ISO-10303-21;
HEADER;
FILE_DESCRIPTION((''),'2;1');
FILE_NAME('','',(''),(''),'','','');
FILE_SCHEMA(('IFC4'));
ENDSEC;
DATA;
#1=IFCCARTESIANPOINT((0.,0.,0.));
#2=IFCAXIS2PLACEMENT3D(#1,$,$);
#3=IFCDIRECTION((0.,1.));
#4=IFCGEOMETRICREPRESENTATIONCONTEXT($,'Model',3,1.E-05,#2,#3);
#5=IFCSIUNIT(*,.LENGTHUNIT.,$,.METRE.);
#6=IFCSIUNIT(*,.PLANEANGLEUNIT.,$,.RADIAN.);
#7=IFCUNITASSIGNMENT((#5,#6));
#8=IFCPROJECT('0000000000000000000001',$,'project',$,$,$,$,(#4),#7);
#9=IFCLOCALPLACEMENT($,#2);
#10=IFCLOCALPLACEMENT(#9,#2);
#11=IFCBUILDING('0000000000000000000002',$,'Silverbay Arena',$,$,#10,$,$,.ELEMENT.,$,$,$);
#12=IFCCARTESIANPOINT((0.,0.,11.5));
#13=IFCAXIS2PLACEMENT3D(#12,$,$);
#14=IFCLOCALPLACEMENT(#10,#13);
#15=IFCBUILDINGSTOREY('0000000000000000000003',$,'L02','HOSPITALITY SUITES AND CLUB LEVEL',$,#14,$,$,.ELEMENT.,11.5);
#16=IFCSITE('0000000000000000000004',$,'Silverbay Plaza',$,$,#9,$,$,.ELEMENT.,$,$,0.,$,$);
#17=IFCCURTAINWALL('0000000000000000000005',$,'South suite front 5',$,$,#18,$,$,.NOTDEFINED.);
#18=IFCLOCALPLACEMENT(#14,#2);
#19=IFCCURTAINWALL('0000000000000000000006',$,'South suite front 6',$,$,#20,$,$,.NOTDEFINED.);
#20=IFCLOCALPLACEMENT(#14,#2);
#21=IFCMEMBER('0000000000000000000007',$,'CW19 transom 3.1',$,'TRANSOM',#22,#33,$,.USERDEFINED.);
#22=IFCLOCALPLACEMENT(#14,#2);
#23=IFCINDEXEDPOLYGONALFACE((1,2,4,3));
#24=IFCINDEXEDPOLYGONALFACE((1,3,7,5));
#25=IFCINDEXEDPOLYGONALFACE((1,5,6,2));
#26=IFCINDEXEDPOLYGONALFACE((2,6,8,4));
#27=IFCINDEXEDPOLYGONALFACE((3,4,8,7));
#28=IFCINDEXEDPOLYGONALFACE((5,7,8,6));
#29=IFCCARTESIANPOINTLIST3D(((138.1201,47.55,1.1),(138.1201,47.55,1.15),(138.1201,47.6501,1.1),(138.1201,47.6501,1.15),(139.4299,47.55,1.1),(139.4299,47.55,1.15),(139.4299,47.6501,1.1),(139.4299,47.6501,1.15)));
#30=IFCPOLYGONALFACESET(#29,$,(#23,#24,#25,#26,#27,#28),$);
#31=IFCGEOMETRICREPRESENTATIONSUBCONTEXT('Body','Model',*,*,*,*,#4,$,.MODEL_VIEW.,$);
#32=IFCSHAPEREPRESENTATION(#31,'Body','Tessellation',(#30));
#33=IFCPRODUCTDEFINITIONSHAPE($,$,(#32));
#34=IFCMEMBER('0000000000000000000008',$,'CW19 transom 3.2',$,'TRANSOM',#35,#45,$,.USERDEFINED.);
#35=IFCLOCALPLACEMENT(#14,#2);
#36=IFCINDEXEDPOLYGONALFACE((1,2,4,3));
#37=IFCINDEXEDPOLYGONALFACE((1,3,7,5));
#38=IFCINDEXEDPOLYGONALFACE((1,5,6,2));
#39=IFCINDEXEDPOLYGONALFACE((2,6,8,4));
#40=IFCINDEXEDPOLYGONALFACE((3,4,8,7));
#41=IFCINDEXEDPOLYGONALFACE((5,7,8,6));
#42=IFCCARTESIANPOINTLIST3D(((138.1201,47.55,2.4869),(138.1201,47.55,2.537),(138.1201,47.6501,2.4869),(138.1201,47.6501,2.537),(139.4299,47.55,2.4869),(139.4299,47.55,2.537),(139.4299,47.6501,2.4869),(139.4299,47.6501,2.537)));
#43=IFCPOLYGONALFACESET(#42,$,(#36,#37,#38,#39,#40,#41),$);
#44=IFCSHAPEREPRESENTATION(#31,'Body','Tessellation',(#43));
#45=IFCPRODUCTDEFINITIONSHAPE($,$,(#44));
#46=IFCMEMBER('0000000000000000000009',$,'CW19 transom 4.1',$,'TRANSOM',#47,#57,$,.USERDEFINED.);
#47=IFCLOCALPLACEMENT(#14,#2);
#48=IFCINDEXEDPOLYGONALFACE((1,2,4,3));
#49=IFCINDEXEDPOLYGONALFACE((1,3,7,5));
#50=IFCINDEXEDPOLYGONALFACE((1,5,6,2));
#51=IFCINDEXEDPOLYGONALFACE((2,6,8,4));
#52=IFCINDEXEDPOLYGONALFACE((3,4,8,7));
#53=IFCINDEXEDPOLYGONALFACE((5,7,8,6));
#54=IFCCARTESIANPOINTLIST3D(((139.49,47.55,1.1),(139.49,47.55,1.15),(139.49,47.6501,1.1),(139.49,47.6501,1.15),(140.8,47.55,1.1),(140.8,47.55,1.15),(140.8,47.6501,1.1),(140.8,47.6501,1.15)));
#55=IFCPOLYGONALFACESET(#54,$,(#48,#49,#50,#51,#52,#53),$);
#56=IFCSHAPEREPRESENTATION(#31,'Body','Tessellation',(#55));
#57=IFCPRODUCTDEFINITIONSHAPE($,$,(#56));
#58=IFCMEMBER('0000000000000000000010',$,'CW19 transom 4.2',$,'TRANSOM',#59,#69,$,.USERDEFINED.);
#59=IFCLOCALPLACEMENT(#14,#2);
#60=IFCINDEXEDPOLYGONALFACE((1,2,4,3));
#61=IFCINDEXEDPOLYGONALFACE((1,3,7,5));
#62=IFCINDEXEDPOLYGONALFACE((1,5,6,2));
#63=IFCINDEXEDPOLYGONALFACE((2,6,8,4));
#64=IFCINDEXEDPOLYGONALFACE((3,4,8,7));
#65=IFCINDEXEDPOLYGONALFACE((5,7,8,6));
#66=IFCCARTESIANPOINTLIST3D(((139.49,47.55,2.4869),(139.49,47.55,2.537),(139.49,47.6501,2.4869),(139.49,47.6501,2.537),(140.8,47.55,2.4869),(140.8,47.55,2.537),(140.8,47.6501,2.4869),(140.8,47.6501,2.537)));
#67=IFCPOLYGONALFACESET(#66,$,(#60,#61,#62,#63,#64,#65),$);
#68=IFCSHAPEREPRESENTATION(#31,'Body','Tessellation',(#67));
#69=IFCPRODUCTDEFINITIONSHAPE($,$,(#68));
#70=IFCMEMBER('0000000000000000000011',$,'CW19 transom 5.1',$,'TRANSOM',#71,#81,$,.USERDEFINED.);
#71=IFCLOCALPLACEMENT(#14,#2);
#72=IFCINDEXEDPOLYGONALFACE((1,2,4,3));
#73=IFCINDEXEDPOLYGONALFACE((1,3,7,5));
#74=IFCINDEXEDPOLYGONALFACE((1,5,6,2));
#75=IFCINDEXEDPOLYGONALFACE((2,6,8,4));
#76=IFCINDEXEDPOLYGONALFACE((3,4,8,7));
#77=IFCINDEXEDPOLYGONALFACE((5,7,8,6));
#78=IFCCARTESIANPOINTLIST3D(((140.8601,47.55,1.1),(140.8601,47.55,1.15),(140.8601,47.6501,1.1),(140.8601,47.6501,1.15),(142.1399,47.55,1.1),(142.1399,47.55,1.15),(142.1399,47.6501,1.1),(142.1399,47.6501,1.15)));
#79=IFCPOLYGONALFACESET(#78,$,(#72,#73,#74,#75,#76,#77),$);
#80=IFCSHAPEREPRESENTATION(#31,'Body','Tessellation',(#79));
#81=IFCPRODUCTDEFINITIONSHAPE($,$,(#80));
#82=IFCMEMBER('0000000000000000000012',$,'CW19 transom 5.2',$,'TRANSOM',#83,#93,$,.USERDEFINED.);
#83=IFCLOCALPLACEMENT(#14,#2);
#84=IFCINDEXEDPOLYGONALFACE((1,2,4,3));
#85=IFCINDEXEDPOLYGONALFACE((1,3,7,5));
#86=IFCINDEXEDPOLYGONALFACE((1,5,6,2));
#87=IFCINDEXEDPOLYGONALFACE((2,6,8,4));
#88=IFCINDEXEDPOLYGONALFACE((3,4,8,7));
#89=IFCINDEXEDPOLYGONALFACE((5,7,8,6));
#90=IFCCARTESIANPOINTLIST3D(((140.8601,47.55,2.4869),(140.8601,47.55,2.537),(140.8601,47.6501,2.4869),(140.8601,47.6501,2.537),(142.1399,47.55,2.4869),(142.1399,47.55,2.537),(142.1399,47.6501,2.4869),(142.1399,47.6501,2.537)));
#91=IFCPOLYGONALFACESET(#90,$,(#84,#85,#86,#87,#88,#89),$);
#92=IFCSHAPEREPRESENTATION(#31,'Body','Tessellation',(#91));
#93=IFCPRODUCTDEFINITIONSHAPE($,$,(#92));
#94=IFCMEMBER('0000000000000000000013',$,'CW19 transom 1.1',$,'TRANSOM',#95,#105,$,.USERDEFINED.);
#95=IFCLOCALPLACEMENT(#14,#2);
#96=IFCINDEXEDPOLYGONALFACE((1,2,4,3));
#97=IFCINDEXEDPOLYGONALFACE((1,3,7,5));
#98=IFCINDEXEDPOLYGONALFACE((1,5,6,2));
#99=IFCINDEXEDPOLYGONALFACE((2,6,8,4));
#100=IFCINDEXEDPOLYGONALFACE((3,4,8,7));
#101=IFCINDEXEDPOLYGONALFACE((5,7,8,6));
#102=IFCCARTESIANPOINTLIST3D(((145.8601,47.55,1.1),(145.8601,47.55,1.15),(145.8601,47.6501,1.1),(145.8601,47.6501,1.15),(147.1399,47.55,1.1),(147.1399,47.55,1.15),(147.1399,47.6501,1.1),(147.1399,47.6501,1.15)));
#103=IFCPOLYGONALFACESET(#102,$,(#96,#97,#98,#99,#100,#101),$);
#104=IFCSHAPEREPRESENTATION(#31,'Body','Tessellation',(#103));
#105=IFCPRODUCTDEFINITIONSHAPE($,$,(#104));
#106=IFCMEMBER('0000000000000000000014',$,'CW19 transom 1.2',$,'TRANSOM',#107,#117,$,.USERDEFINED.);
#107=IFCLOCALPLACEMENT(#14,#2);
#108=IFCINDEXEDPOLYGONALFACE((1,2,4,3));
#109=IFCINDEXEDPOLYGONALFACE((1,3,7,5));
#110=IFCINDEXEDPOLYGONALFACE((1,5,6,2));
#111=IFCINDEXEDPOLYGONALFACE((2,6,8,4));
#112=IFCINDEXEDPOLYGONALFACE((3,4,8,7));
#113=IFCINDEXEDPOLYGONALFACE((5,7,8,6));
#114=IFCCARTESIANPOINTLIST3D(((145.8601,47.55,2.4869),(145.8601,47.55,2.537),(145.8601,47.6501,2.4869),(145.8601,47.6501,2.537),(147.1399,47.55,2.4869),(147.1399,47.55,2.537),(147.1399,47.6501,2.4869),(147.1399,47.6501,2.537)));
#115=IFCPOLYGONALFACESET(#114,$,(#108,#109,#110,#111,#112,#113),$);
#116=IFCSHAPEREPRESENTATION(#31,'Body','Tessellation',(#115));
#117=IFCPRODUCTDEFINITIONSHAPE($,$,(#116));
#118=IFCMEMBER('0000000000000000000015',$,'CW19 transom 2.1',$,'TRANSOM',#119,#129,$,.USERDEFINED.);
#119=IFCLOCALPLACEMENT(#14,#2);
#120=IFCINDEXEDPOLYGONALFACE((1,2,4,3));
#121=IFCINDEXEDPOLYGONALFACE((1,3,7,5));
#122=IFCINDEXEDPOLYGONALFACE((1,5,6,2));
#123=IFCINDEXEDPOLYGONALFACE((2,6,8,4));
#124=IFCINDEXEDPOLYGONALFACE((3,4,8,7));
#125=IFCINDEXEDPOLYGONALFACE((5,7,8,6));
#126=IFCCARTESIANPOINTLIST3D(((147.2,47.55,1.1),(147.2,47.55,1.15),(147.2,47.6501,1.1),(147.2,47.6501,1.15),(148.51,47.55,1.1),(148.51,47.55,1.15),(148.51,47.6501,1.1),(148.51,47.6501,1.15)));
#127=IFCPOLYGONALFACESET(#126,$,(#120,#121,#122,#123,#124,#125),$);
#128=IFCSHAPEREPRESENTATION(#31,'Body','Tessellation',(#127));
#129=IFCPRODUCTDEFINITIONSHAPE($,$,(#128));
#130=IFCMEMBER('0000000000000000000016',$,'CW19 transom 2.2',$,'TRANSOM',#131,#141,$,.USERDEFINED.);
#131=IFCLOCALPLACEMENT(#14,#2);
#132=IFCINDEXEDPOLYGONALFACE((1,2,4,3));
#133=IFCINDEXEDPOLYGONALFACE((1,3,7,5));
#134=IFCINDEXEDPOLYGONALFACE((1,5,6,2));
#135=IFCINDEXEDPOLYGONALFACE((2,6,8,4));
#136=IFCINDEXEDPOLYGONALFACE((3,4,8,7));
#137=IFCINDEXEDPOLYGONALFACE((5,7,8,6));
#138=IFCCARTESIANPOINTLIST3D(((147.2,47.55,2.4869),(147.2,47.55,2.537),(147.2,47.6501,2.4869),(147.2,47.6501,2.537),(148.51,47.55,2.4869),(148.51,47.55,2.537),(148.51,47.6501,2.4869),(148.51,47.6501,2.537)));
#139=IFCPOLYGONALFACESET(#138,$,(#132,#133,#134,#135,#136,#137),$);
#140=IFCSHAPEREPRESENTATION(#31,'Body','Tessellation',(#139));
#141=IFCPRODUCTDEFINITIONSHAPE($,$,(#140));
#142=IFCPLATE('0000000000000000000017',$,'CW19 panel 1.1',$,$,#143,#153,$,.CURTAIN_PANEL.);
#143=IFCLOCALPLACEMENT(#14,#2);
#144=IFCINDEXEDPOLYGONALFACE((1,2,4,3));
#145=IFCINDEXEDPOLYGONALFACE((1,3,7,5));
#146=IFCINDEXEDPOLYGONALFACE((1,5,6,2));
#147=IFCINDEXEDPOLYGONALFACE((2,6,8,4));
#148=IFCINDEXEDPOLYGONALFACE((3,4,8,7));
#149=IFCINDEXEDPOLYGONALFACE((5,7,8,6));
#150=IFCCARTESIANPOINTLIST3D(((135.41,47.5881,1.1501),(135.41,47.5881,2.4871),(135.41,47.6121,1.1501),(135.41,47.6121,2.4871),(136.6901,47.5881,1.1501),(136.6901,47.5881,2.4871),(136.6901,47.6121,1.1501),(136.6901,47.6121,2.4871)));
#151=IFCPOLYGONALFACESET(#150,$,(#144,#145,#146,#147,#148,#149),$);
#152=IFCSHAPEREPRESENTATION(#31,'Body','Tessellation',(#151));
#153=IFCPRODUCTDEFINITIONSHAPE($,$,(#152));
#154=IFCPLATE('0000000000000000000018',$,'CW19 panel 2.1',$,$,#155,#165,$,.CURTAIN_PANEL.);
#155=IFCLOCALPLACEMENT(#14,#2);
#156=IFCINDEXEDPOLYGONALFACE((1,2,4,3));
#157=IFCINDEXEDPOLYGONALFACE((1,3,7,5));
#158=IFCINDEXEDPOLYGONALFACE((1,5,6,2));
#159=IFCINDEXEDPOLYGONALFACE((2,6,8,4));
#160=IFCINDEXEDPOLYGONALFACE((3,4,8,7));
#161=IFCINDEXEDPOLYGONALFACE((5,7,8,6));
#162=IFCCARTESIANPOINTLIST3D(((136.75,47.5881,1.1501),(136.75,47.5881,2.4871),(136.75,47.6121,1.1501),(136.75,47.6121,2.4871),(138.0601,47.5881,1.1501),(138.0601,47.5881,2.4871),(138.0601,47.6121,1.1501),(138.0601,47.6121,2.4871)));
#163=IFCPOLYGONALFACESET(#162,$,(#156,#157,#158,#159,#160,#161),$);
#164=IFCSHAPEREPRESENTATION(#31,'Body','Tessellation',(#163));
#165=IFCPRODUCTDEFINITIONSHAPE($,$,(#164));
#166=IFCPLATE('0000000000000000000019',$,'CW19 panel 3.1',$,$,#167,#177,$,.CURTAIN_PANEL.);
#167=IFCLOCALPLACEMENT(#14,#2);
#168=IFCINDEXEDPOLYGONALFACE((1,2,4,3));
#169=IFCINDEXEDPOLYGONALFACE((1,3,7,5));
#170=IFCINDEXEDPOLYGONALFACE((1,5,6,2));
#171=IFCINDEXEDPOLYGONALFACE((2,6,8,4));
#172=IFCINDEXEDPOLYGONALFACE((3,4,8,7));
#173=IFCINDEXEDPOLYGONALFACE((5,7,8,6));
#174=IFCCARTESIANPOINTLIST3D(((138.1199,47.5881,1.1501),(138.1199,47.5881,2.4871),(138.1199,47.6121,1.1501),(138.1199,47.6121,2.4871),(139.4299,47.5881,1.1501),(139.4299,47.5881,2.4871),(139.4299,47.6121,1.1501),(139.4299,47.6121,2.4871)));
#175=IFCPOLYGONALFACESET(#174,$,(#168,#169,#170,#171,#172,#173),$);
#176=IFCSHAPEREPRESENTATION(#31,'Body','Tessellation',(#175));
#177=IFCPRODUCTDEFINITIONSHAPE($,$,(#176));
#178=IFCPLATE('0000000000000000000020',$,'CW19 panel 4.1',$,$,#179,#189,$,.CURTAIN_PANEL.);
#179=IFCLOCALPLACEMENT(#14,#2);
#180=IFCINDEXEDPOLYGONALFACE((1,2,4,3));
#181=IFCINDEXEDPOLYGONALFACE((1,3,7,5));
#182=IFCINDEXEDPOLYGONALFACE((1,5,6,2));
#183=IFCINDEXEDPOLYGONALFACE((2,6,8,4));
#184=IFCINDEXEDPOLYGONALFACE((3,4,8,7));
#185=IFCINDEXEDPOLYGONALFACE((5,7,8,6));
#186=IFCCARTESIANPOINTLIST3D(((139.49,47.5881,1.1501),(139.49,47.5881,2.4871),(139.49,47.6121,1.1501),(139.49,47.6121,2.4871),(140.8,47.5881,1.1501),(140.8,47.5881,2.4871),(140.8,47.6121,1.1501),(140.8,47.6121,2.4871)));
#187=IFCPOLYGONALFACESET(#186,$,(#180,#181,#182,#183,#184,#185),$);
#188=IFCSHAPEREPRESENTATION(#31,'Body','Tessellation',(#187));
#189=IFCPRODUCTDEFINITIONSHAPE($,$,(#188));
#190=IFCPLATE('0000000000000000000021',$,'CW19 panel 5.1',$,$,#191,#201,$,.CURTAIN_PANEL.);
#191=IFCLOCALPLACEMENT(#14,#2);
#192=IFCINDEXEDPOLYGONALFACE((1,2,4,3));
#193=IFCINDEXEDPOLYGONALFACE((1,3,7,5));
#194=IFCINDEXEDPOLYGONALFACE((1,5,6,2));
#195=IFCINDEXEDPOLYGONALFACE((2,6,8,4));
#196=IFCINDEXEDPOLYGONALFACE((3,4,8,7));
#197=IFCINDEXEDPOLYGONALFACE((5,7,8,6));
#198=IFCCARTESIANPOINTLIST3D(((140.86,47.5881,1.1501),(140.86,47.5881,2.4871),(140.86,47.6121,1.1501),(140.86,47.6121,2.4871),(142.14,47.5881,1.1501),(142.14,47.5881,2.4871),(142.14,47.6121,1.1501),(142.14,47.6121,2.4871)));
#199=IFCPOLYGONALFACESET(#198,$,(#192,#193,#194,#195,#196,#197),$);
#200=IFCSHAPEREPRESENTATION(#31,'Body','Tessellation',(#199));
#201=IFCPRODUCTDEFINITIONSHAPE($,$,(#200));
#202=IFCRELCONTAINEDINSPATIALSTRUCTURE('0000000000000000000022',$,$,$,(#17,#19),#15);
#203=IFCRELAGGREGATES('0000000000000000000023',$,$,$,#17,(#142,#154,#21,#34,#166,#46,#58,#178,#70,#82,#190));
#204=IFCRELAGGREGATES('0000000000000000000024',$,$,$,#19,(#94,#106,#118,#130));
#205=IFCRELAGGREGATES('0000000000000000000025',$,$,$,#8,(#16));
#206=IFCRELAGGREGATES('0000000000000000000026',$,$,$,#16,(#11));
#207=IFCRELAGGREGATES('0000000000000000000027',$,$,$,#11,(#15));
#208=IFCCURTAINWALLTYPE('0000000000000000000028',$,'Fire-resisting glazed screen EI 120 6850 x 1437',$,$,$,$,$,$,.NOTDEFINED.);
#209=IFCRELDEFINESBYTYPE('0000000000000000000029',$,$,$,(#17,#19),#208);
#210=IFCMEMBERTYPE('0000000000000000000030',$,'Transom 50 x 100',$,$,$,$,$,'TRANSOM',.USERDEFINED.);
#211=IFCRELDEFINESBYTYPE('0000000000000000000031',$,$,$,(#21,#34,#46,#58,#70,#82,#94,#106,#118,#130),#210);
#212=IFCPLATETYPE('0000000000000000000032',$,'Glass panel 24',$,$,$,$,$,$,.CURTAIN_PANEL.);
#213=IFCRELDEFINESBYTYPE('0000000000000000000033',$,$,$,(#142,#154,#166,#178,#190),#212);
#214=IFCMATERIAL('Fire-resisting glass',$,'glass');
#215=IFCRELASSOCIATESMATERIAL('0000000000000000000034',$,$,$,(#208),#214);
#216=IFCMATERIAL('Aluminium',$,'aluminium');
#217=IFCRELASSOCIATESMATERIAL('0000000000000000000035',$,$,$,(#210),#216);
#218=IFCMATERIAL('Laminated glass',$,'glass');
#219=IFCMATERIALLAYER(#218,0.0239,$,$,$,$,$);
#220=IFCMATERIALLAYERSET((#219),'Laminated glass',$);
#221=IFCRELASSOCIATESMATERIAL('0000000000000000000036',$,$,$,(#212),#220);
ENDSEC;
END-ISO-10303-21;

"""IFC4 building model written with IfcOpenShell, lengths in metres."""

from ifc_helpers import new_model, si_unit, direction, frame, origin, origin_2d, place, context, subcontext, project, spatial, rectangle, extrude, material, layer, layer_set, material_profile, profile_set, type_object, element, aggregate, save


model = new_model("IFC4")

# Units and contexts
model_context = context("Model", 3, precision=1e-05, world=origin(), true_north=direction((0.0, 1.0)))
body_context = subcontext(model_context, "Body", "Model", "MODEL_VIEW")
ifc_project = project(units=[si_unit("LENGTHUNIT", "METRE"), si_unit("PLANEANGLEUNIT", "RADIAN")], contexts=[model_context])

# Site, building, storey
site_placement = place(None, origin())
site = spatial("IfcSite", under=ifc_project, at=site_placement, Name="Silverbay Plaza", CompositionType="ELEMENT", RefElevation=0.0)
building_placement = place(site_placement, origin())
building = spatial("IfcBuilding", under=site, at=building_placement, Name="Silverbay Arena", CompositionType="ELEMENT")
storey_placement = place(building_placement, frame((0.0, 0.0, 11.5)))
storey = spatial("IfcBuildingStorey", under=building, at=storey_placement, Name="L02", Description="HOSPITALITY SUITES AND CLUB LEVEL", CompositionType="ELEMENT", Elevation=11.5)

# Curtain walls
ifc_material_1 = material(Name="Fire-resisting glass", Category="glass")
curtain_wall_type = type_object("IfcCurtainWallType", Name="Fire-resisting glazed screen EI 120 6850 x 1437", PredefinedType="NOTDEFINED", material=ifc_material_1)
curtain_wall_1_placement = place(storey_placement, origin())
curtain_wall_1 = element("IfcCurtainWall", 1, at=curtain_wall_1_placement, inside=storey, type_object=curtain_wall_type, Name="South suite front 5", PredefinedType="NOTDEFINED")
curtain_wall_2_placement = place(storey_placement, origin())
curtain_wall_2 = element("IfcCurtainWall", 2, at=curtain_wall_2_placement, inside=storey, type_object=curtain_wall_type, Name="South suite front 6", PredefinedType="NOTDEFINED")

# Members
ifc_material_2 = material(Name="Aluminium", Category="aluminium")
ifc_material_profile_1 = material_profile(ifc_material_2, rectangle(XDim=0.1001, YDim=0.05, at=origin_2d()), Name="Transom 50 x 100")
ifc_profile_set_1 = profile_set([ifc_material_profile_1], Name="Aluminium")
member_type_1 = type_object("IfcMemberType", Name="Transom 50 x 100", ElementType="TRANSOM", PredefinedType="USERDEFINED", material=ifc_profile_set_1)
member_1_placement = place(storey_placement, frame((138.1201, 47.6001, 1.125), z_axis=(1.0, 0.0, 0.0), x_axis=(0.0, 1.0, 0.0)))
member_1 = element("IfcMember", 3, at=member_1_placement, type_object=member_type_1, Name="CW19 transom 3.1", ObjectType="TRANSOM", PredefinedType="USERDEFINED", context=body_context, shape_type="SweptSolid", body=[
    extrude(rectangle(XDim=0.1001, YDim=0.05, at=origin_2d()), origin(), (0.0, 0.0, 1.0), 1.3098),
])
member_2_placement = place(storey_placement, frame((138.1201, 47.6001, 2.512), z_axis=(1.0, 0.0, 0.0), x_axis=(0.0, 1.0, 0.0)))
member_2 = element("IfcMember", 4, at=member_2_placement, type_object=member_type_1, Name="CW19 transom 3.2", ObjectType="TRANSOM", PredefinedType="USERDEFINED", context=body_context, shape_type="SweptSolid", body=[
    extrude(rectangle(XDim=0.1001, YDim=0.05, at=origin_2d()), origin(), (0.0, 0.0, 1.0), 1.3098),
])
member_3_placement = place(storey_placement, frame((139.49, 47.6001, 1.125), z_axis=(1.0, 0.0, 0.0), x_axis=(0.0, 1.0, 0.0)))
member_3 = element("IfcMember", 5, at=member_3_placement, type_object=member_type_1, Name="CW19 transom 4.1", ObjectType="TRANSOM", PredefinedType="USERDEFINED", context=body_context, shape_type="SweptSolid", body=[
    extrude(rectangle(XDim=0.1001, YDim=0.05, at=origin_2d()), origin(), (0.0, 0.0, 1.0), 1.3101),
])
member_4_placement = place(storey_placement, frame((139.49, 47.6001, 2.512), z_axis=(1.0, 0.0, 0.0), x_axis=(0.0, 1.0, 0.0)))
member_4 = element("IfcMember", 6, at=member_4_placement, type_object=member_type_1, Name="CW19 transom 4.2", ObjectType="TRANSOM", PredefinedType="USERDEFINED", context=body_context, shape_type="SweptSolid", body=[
    extrude(rectangle(XDim=0.1001, YDim=0.05, at=origin_2d()), origin(), (0.0, 0.0, 1.0), 1.3101),
])
member_5_placement = place(storey_placement, frame((140.8601, 47.6001, 1.125), z_axis=(1.0, 0.0, 0.0), x_axis=(0.0, 1.0, 0.0)))
member_5 = element("IfcMember", 7, at=member_5_placement, type_object=member_type_1, Name="CW19 transom 5.1", ObjectType="TRANSOM", PredefinedType="USERDEFINED", context=body_context, shape_type="SweptSolid", body=[
    extrude(rectangle(XDim=0.1001, YDim=0.05, at=origin_2d()), origin(), (0.0, 0.0, 1.0), 1.2798),
])
member_6_placement = place(storey_placement, frame((140.8601, 47.6001, 2.512), z_axis=(1.0, 0.0, 0.0), x_axis=(0.0, 1.0, 0.0)))
member_6 = element("IfcMember", 8, at=member_6_placement, type_object=member_type_1, Name="CW19 transom 5.2", ObjectType="TRANSOM", PredefinedType="USERDEFINED", context=body_context, shape_type="SweptSolid", body=[
    extrude(rectangle(XDim=0.1001, YDim=0.05, at=origin_2d()), origin(), (0.0, 0.0, 1.0), 1.2798),
])
member_7_placement = place(storey_placement, frame((145.8601, 47.6001, 1.125), z_axis=(1.0, 0.0, 0.0), x_axis=(0.0, 1.0, 0.0)))
member_7 = element("IfcMember", 9, at=member_7_placement, type_object=member_type_1, Name="CW19 transom 1.1", ObjectType="TRANSOM", PredefinedType="USERDEFINED", context=body_context, shape_type="SweptSolid", body=[
    extrude(rectangle(XDim=0.1001, YDim=0.05, at=origin_2d()), origin(), (0.0, 0.0, 1.0), 1.2798),
])
member_8_placement = place(storey_placement, frame((145.8601, 47.6001, 2.512), z_axis=(1.0, 0.0, 0.0), x_axis=(0.0, 1.0, 0.0)))
member_8 = element("IfcMember", 10, at=member_8_placement, type_object=member_type_1, Name="CW19 transom 1.2", ObjectType="TRANSOM", PredefinedType="USERDEFINED", context=body_context, shape_type="SweptSolid", body=[
    extrude(rectangle(XDim=0.1001, YDim=0.05, at=origin_2d()), origin(), (0.0, 0.0, 1.0), 1.2798),
])
member_9_placement = place(storey_placement, frame((147.2, 47.6001, 1.125), z_axis=(1.0, 0.0, 0.0), x_axis=(0.0, 1.0, 0.0)))
member_9 = element("IfcMember", 11, at=member_9_placement, type_object=member_type_1, Name="CW19 transom 2.1", ObjectType="TRANSOM", PredefinedType="USERDEFINED", context=body_context, shape_type="SweptSolid", body=[
    extrude(rectangle(XDim=0.1001, YDim=0.05, at=origin_2d()), origin(), (0.0, 0.0, 1.0), 1.3101),
])
member_10_placement = place(storey_placement, frame((147.2, 47.6001, 2.512), z_axis=(1.0, 0.0, 0.0), x_axis=(0.0, 1.0, 0.0)))
member_10 = element("IfcMember", 12, at=member_10_placement, type_object=member_type_1, Name="CW19 transom 2.2", ObjectType="TRANSOM", PredefinedType="USERDEFINED", context=body_context, shape_type="SweptSolid", body=[
    extrude(rectangle(XDim=0.1001, YDim=0.05, at=origin_2d()), origin(), (0.0, 0.0, 1.0), 1.3101),
])

# Plates
ifc_material_3 = material(Name="Laminated glass", Category="glass")
ifc_layer_1 = layer(ifc_material_3, 0.0239)
ifc_layer_set_1 = layer_set([ifc_layer_1], Name="Laminated glass")
plate_type = type_object("IfcPlateType", Name="Glass panel 24", PredefinedType="CURTAIN_PANEL", material=ifc_layer_set_1)
plate_1_placement = place(storey_placement, frame((136.05, 47.6001, 1.1501), z_axis=(0.0, 0.0, 1.0), x_axis=(1.0, 0.0, 0.0)))
plate_1 = element("IfcPlate", 13, at=plate_1_placement, type_object=plate_type, Name="CW19 panel 1.1", PredefinedType="CURTAIN_PANEL", context=body_context, shape_type="SweptSolid", body=[
    extrude(rectangle(XDim=1.28, YDim=0.0239, at=origin_2d()), origin(), (0.0, 0.0, 1.0), 1.3369),
])
plate_2_placement = place(storey_placement, frame((137.405, 47.6001, 1.1501), z_axis=(0.0, 0.0, 1.0), x_axis=(1.0, 0.0, 0.0)))
plate_2 = element("IfcPlate", 14, at=plate_2_placement, type_object=plate_type, Name="CW19 panel 2.1", PredefinedType="CURTAIN_PANEL", context=body_context, shape_type="SweptSolid", body=[
    extrude(rectangle(XDim=1.3101, YDim=0.0239, at=origin_2d()), origin(), (0.0, 0.0, 1.0), 1.3369),
])
plate_3_placement = place(storey_placement, frame((138.7749, 47.6001, 1.1501), z_axis=(0.0, 0.0, 1.0), x_axis=(1.0, 0.0, 0.0)))
plate_3 = element("IfcPlate", 15, at=plate_3_placement, type_object=plate_type, Name="CW19 panel 3.1", PredefinedType="CURTAIN_PANEL", context=body_context, shape_type="SweptSolid", body=[
    extrude(rectangle(XDim=1.3101, YDim=0.0239, at=origin_2d()), origin(), (0.0, 0.0, 1.0), 1.3369),
])
plate_4_placement = place(storey_placement, frame((140.145, 47.6001, 1.1501), z_axis=(0.0, 0.0, 1.0), x_axis=(1.0, 0.0, 0.0)))
plate_4 = element("IfcPlate", 16, at=plate_4_placement, type_object=plate_type, Name="CW19 panel 4.1", PredefinedType="CURTAIN_PANEL", context=body_context, shape_type="SweptSolid", body=[
    extrude(rectangle(XDim=1.3101, YDim=0.0239, at=origin_2d()), origin(), (0.0, 0.0, 1.0), 1.3369),
])
plate_5_placement = place(storey_placement, frame((141.5, 47.6001, 1.1501), z_axis=(0.0, 0.0, 1.0), x_axis=(1.0, 0.0, 0.0)))
plate_5 = element("IfcPlate", 17, at=plate_5_placement, type_object=plate_type, Name="CW19 panel 5.1", PredefinedType="CURTAIN_PANEL", context=body_context, shape_type="SweptSolid", body=[
    extrude(rectangle(XDim=1.28, YDim=0.0239, at=origin_2d()), origin(), (0.0, 0.0, 1.0), 1.3369),
])
aggregate(curtain_wall_1, [plate_1, plate_2, member_1, member_2, plate_3, member_3, member_4, plate_4, member_5, member_6, plate_5])
aggregate(curtain_wall_2, [member_7, member_8, member_9, member_10])

save(model, "model.ifc")
